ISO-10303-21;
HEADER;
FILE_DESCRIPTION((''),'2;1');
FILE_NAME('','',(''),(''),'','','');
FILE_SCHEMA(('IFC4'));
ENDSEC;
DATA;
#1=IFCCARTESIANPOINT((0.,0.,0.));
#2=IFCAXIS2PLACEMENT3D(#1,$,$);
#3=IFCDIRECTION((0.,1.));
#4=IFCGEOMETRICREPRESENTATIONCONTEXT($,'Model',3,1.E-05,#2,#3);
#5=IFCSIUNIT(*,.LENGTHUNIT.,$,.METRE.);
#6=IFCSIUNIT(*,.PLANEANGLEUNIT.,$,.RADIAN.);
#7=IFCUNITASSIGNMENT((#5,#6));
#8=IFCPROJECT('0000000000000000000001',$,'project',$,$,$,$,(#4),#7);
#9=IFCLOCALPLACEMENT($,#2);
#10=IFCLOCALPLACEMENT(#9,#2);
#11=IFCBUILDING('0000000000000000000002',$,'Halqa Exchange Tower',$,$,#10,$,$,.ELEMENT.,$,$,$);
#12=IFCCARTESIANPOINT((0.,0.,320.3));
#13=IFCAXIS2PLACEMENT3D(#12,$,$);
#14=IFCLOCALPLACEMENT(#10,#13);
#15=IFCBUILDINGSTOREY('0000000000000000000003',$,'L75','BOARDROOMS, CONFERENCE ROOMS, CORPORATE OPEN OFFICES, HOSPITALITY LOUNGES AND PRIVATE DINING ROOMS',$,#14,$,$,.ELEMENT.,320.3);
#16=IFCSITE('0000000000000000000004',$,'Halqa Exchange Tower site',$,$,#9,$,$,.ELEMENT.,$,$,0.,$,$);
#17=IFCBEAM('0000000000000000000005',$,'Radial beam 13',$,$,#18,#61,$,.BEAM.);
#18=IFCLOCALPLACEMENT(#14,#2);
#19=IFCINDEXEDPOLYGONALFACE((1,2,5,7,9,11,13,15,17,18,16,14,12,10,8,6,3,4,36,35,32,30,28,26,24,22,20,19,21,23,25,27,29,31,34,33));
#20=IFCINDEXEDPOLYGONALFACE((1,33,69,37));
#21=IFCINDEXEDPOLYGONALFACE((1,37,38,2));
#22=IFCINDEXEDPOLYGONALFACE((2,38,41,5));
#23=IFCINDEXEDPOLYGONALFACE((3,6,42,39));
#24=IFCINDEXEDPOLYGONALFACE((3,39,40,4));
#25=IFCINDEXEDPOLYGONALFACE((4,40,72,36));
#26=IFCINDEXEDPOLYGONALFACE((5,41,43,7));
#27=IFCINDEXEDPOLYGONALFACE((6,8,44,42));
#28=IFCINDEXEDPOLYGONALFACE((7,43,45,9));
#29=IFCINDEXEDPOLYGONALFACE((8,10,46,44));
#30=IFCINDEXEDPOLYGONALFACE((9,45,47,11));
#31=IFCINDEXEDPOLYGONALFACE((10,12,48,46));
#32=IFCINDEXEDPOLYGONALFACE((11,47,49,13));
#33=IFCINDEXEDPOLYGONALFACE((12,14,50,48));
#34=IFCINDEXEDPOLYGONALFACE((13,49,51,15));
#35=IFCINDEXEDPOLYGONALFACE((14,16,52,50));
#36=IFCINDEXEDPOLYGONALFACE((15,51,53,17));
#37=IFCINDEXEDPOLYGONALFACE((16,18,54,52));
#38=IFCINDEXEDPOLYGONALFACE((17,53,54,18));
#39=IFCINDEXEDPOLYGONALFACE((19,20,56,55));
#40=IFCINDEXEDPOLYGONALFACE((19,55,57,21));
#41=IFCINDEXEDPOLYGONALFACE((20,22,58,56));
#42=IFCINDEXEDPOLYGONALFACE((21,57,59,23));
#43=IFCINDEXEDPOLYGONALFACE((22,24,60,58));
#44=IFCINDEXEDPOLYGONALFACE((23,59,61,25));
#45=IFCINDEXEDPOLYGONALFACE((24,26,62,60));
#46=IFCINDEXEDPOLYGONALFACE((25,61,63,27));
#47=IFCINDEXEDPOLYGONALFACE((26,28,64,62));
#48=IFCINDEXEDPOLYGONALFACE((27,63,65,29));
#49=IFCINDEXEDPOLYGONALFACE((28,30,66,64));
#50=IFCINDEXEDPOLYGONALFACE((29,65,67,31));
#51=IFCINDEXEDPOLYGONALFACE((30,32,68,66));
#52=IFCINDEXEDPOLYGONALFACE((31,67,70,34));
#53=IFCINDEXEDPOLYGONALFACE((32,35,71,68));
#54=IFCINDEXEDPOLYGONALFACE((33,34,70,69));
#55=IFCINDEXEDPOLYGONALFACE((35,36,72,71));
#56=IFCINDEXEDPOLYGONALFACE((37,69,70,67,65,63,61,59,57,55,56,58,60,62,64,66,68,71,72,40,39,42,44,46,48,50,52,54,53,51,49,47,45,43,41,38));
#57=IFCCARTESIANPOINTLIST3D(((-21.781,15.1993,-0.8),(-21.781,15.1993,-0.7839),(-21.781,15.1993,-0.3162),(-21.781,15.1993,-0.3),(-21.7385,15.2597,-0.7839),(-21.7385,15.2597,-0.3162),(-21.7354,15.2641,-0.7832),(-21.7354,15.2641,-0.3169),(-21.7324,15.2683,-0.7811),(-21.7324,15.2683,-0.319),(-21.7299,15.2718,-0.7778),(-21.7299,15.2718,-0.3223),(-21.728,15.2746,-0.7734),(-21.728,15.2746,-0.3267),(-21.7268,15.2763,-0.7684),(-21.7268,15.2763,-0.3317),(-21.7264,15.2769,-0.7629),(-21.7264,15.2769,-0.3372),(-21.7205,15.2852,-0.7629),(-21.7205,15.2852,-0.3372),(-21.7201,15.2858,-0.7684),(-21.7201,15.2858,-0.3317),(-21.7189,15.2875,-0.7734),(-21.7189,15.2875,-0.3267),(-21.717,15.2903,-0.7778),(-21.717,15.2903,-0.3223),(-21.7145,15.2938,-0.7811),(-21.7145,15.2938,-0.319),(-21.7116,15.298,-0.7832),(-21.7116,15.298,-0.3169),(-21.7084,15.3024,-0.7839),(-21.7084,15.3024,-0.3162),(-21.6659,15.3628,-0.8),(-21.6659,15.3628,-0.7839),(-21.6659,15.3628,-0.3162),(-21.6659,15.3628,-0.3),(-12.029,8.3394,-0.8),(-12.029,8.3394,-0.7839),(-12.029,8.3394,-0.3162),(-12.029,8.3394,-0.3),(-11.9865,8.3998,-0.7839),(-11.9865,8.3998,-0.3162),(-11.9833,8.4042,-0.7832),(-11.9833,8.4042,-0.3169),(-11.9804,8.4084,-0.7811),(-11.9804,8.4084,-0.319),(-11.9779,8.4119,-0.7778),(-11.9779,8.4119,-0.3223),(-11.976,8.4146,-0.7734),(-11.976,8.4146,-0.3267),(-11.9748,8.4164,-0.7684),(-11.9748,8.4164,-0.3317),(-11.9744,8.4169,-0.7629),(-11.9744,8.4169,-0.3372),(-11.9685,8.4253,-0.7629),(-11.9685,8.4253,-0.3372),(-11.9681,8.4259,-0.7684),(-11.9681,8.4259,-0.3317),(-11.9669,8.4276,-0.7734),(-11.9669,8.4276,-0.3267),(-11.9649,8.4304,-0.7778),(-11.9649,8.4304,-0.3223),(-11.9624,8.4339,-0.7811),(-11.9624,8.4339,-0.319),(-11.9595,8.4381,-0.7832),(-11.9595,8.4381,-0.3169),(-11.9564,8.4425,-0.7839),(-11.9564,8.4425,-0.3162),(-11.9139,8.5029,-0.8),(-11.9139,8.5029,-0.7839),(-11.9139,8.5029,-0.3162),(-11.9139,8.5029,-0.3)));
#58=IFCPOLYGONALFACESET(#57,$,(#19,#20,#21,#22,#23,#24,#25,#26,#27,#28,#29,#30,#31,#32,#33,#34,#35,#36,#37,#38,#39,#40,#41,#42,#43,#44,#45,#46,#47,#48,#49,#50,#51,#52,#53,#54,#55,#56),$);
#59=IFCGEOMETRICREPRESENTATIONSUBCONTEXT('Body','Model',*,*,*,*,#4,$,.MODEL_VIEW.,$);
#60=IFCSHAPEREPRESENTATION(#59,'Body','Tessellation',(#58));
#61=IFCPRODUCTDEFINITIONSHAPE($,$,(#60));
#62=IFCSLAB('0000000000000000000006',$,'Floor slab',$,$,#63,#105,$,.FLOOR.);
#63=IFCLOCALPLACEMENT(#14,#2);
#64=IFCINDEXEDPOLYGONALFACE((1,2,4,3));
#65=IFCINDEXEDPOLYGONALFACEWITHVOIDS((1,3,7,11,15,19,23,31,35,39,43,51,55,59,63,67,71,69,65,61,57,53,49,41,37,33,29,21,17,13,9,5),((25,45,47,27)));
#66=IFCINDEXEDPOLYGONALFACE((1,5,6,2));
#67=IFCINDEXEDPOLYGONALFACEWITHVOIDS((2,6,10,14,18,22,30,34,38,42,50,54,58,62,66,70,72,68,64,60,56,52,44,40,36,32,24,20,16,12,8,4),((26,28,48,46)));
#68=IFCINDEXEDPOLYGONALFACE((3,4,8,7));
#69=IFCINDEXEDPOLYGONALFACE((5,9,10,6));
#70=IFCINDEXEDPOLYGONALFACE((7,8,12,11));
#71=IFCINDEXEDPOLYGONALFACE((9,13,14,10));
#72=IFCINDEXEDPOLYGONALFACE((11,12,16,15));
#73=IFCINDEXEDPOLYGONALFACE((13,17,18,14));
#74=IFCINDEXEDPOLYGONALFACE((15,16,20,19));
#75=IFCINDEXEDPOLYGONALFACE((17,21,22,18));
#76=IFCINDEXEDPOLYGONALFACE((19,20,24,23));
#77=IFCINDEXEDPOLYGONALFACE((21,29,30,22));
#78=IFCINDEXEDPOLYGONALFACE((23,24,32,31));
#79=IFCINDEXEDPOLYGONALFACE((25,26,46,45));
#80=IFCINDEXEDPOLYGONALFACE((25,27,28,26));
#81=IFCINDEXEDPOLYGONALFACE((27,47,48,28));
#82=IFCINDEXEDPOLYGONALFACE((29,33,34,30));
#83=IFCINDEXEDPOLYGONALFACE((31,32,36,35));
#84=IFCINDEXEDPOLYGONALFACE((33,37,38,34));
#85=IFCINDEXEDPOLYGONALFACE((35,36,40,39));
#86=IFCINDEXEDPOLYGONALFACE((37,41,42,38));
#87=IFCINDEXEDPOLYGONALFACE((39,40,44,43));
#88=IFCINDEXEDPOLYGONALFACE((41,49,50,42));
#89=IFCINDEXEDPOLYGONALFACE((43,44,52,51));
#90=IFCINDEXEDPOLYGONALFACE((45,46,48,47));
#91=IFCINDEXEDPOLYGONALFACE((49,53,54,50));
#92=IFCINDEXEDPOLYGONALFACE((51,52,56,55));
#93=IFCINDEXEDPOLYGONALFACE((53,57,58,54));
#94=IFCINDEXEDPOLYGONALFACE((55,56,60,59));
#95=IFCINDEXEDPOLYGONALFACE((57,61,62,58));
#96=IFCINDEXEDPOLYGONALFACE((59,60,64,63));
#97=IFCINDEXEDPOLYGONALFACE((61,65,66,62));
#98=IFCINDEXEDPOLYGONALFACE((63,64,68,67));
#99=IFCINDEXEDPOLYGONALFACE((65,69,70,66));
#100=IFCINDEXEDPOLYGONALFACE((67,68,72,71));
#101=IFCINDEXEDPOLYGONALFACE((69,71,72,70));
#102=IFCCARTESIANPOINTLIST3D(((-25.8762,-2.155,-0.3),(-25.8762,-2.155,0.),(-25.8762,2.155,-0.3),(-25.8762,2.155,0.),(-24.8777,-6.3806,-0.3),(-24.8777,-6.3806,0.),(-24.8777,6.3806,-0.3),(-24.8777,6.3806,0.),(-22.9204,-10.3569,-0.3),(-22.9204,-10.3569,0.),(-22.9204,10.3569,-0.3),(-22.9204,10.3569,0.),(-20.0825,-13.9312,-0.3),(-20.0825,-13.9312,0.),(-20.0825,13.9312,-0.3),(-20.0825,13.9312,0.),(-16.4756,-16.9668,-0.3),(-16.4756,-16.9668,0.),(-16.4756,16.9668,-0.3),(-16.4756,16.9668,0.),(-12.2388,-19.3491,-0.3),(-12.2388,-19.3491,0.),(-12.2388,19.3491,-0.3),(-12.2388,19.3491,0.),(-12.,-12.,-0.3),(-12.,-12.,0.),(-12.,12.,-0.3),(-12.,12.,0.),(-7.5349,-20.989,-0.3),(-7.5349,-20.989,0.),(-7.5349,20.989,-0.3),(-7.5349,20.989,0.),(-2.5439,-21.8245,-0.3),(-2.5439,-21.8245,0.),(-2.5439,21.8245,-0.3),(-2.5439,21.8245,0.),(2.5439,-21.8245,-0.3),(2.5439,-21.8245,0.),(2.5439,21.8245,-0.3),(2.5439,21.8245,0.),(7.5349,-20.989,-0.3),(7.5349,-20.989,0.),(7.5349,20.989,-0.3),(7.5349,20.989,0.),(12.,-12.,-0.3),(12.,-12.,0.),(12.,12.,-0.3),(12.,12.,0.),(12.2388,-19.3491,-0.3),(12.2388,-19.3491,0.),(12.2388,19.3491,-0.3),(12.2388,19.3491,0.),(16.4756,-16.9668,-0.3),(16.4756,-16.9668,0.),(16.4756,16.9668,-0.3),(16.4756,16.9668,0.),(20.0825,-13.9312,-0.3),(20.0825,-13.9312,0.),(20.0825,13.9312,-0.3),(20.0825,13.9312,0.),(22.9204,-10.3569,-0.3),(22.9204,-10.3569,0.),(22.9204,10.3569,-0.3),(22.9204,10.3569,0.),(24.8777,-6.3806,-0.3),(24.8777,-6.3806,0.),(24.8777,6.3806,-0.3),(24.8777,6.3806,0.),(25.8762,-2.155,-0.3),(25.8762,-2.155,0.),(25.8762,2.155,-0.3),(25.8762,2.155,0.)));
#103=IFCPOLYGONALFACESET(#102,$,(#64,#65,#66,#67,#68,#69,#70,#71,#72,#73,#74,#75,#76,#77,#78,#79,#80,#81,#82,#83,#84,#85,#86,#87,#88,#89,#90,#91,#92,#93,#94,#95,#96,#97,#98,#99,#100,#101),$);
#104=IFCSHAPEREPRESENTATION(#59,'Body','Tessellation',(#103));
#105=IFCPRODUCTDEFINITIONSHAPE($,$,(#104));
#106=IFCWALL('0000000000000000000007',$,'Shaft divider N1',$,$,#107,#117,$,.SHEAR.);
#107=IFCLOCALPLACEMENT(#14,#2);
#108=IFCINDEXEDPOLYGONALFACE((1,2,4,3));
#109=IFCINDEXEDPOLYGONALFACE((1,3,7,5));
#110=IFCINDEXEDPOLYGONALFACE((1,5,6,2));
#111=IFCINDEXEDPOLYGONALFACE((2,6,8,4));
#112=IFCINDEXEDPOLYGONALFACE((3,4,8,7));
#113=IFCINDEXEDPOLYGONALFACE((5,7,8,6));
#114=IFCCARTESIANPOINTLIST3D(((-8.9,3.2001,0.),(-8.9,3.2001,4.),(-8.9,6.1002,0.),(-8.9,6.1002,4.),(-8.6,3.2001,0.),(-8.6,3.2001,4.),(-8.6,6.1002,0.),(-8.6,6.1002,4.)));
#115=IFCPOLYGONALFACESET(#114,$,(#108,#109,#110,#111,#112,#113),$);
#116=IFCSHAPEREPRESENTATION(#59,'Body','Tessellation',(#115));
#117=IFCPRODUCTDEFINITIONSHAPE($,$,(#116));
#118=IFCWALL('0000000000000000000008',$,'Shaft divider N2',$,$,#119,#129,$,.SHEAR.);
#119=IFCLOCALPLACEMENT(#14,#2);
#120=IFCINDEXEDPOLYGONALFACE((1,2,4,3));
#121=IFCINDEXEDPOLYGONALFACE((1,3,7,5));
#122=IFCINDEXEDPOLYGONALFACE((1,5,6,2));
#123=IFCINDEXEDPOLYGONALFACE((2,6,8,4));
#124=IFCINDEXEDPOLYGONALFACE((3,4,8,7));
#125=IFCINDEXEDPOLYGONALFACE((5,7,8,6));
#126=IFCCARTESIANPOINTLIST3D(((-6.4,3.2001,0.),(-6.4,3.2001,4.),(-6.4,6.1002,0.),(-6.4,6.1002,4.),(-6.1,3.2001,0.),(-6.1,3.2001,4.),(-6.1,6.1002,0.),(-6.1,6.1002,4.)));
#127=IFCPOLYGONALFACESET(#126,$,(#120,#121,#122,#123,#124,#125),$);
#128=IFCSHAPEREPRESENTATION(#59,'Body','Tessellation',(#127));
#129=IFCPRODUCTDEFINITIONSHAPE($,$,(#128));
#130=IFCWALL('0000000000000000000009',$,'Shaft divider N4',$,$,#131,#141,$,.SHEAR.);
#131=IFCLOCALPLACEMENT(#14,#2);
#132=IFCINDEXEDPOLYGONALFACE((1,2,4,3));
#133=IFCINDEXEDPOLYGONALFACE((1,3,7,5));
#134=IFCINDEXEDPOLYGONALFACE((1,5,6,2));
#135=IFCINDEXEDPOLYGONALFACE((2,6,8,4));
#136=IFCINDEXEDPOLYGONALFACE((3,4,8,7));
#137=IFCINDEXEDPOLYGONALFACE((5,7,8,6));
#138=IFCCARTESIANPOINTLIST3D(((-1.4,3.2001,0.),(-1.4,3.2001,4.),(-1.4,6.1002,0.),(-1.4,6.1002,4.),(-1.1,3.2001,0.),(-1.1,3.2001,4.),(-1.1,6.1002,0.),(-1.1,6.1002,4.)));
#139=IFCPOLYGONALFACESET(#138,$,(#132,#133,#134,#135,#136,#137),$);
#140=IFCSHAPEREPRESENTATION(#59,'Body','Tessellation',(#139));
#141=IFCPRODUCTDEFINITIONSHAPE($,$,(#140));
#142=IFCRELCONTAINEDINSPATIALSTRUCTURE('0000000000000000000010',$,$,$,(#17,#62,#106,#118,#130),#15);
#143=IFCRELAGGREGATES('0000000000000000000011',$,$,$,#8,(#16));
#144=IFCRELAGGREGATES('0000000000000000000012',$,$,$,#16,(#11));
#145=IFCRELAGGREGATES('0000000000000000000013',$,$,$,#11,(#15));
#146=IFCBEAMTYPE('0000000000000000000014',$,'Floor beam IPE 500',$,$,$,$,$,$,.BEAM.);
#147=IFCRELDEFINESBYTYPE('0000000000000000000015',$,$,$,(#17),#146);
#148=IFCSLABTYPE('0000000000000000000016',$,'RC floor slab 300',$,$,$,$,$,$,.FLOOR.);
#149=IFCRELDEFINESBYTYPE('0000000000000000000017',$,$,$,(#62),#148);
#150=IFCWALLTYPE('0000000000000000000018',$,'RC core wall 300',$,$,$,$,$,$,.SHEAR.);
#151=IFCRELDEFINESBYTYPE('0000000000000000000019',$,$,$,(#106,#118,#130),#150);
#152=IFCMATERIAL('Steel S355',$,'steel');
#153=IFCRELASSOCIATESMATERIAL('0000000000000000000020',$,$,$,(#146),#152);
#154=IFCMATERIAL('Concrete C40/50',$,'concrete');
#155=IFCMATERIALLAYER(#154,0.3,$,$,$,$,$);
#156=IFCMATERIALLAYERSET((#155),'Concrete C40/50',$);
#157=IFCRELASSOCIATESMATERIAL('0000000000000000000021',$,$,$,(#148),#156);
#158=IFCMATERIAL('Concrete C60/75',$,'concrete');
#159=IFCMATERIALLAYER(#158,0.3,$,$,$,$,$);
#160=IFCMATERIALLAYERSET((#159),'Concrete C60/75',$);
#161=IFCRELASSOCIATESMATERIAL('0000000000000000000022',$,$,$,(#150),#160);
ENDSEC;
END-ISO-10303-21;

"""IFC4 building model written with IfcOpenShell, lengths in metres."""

from ifc_helpers import new_model, si_unit, direction, frame, frame_2d, origin, origin_2d, place, context, subcontext, project, spatial, polyline, rectangle, i_section, outline, extrude, material, layer, layer_set, material_profile, profile_set, type_object, element, save


model = new_model("IFC4")

# Units and contexts
model_context = context("Model", 3, precision=1e-05, world=origin(), true_north=direction((0.0, 1.0)))
body_context = subcontext(model_context, "Body", "Model", "MODEL_VIEW")
ifc_project = project(units=[si_unit("LENGTHUNIT", "METRE"), si_unit("PLANEANGLEUNIT", "RADIAN")], contexts=[model_context])

# Site, building, storey
site_placement = place(None, origin())
site = spatial("IfcSite", under=ifc_project, at=site_placement, Name="Halqa Exchange Tower site", CompositionType="ELEMENT", RefElevation=0.0)
building_placement = place(site_placement, origin())
building = spatial("IfcBuilding", under=site, at=building_placement, Name="Halqa Exchange Tower", CompositionType="ELEMENT")
storey_placement = place(building_placement, frame((0.0, 0.0, 320.3)))
storey = spatial("IfcBuildingStorey", under=building, at=storey_placement, Name="L75", Description="BOARDROOMS, CONFERENCE ROOMS, CORPORATE OPEN OFFICES, HOSPITALITY LOUNGES AND PRIVATE DINING ROOMS", CompositionType="ELEMENT", Elevation=320.3)

# Beam
ifc_material_1 = material(Name="Steel S355", Category="steel")
ifc_material_profile = material_profile(ifc_material_1, i_section(OverallWidth=0.2, OverallDepth=0.5, WebThickness=0.0103, FlangeThickness=0.0161, FilletRadius=0.021, at=origin_2d()), Name="IPE 500")
ifc_profile_set = profile_set([ifc_material_profile], Name="Steel S355")
beam_type = type_object("IfcBeamType", Name="Floor beam IPE 500", PredefinedType="BEAM", material=ifc_profile_set)
beam_placement = place(storey_placement, frame((-11.9714, 8.4211, -0.55), z_axis=(-0.81791, 0.575346, 0.0), x_axis=(-0.575346, -0.81791, 0.0)))
element("IfcBeam", 1, at=beam_placement, inside=storey, type_object=beam_type, Name="Radial beam 13", PredefinedType="BEAM", context=body_context, shape_type="SweptSolid", body=[
    extrude(i_section(OverallWidth=0.2, OverallDepth=0.5, WebThickness=0.0103, FlangeThickness=0.0161, FilletRadius=0.021, at=origin_2d()), origin(), (0.0, 0.0, 1.0), 11.9231),
])

# Slab
ifc_material_2 = material(Name="Concrete C40/50", Category="concrete")
ifc_layer_1 = layer(ifc_material_2, 0.3)
ifc_layer_set_1 = layer_set([ifc_layer_1], Name="Concrete C40/50")
slab_type = type_object("IfcSlabType", Name="RC floor slab 300", PredefinedType="FLOOR", material=ifc_layer_set_1)
slab_placement = place(storey_placement, frame((0.0, 0.0, -0.3)))
element("IfcSlab", 2, at=slab_placement, inside=storey, type_object=slab_type, Name="Floor slab", PredefinedType="FLOOR", context=body_context, shape_type="SweptSolid", body=[
    extrude(outline(polyline([(25.8762, 2.155), (24.8777, 6.3806), (22.9204, 10.3569), (20.0825, 13.9312), (16.4756, 16.9668), (12.2388, 19.3491), (7.5349, 20.989), (2.5439, 21.8245), (-2.5439, 21.8245), (-7.5349, 20.989), (-12.2388, 19.3491), (-16.4756, 16.9668), (-20.0825, 13.9312), (-22.9204, 10.3569), (-24.8777, 6.3806), (-25.8762, 2.155), (-25.8762, -2.155), (-24.8777, -6.3806), (-22.9204, -10.3569), (-20.0825, -13.9312), (-16.4756, -16.9668), (-12.2388, -19.3491), (-7.5349, -20.989), (-2.5439, -21.8245), (2.5439, -21.8245), (7.5349, -20.989), (12.2388, -19.3491), (16.4756, -16.9668), (20.0825, -13.9312), (22.9204, -10.3569), (24.8777, -6.3806), (25.8762, -2.155), (25.8762, 2.155)]), holes=[polyline([(-12.0, -12.0), (12.0, -12.0), (12.0, 12.0), (-12.0, 12.0), (-12.0, -12.0)])]), origin(), (0.0, 0.0, 1.0), 0.3),
])

# Walls
ifc_material_3 = material(Name="Concrete C60/75", Category="concrete")
ifc_layer_2 = layer(ifc_material_3, 0.3)
ifc_layer_set_2 = layer_set([ifc_layer_2], Name="Concrete C60/75")
wall_type_1 = type_object("IfcWallType", Name="RC core wall 300", PredefinedType="SHEAR", material=ifc_layer_set_2)
for number, where, z_axis, x_axis, name in (
    (3, (-8.75, 3.2, 0.0), (0.0, 0.0, 1.0), (0.0, 1.0, 0.0), "Shaft divider N1"),
    (4, (-6.25, 3.2, 0.0), (0.0, 0.0, 1.0), (0.0, 1.0, 0.0), "Shaft divider N2"),
    (5, (-1.25, 3.2, 0.0), (0.0, 0.0, 1.0), (0.0, 1.0, 0.0), "Shaft divider N4"),
):
    element("IfcWall", number, at=place(storey_placement, frame(where, z_axis=z_axis, x_axis=x_axis)), inside=storey, type_object=wall_type_1, Name=name, PredefinedType="SHEAR", context=body_context, shape_type="SweptSolid", body=[
        extrude(rectangle(XDim=2.9001, YDim=0.3, at=frame_2d((1.4502, 0.0))), origin(), (0.0, 0.0, 1.0), 4.0),
    ])

save(model, "model.ifc")
